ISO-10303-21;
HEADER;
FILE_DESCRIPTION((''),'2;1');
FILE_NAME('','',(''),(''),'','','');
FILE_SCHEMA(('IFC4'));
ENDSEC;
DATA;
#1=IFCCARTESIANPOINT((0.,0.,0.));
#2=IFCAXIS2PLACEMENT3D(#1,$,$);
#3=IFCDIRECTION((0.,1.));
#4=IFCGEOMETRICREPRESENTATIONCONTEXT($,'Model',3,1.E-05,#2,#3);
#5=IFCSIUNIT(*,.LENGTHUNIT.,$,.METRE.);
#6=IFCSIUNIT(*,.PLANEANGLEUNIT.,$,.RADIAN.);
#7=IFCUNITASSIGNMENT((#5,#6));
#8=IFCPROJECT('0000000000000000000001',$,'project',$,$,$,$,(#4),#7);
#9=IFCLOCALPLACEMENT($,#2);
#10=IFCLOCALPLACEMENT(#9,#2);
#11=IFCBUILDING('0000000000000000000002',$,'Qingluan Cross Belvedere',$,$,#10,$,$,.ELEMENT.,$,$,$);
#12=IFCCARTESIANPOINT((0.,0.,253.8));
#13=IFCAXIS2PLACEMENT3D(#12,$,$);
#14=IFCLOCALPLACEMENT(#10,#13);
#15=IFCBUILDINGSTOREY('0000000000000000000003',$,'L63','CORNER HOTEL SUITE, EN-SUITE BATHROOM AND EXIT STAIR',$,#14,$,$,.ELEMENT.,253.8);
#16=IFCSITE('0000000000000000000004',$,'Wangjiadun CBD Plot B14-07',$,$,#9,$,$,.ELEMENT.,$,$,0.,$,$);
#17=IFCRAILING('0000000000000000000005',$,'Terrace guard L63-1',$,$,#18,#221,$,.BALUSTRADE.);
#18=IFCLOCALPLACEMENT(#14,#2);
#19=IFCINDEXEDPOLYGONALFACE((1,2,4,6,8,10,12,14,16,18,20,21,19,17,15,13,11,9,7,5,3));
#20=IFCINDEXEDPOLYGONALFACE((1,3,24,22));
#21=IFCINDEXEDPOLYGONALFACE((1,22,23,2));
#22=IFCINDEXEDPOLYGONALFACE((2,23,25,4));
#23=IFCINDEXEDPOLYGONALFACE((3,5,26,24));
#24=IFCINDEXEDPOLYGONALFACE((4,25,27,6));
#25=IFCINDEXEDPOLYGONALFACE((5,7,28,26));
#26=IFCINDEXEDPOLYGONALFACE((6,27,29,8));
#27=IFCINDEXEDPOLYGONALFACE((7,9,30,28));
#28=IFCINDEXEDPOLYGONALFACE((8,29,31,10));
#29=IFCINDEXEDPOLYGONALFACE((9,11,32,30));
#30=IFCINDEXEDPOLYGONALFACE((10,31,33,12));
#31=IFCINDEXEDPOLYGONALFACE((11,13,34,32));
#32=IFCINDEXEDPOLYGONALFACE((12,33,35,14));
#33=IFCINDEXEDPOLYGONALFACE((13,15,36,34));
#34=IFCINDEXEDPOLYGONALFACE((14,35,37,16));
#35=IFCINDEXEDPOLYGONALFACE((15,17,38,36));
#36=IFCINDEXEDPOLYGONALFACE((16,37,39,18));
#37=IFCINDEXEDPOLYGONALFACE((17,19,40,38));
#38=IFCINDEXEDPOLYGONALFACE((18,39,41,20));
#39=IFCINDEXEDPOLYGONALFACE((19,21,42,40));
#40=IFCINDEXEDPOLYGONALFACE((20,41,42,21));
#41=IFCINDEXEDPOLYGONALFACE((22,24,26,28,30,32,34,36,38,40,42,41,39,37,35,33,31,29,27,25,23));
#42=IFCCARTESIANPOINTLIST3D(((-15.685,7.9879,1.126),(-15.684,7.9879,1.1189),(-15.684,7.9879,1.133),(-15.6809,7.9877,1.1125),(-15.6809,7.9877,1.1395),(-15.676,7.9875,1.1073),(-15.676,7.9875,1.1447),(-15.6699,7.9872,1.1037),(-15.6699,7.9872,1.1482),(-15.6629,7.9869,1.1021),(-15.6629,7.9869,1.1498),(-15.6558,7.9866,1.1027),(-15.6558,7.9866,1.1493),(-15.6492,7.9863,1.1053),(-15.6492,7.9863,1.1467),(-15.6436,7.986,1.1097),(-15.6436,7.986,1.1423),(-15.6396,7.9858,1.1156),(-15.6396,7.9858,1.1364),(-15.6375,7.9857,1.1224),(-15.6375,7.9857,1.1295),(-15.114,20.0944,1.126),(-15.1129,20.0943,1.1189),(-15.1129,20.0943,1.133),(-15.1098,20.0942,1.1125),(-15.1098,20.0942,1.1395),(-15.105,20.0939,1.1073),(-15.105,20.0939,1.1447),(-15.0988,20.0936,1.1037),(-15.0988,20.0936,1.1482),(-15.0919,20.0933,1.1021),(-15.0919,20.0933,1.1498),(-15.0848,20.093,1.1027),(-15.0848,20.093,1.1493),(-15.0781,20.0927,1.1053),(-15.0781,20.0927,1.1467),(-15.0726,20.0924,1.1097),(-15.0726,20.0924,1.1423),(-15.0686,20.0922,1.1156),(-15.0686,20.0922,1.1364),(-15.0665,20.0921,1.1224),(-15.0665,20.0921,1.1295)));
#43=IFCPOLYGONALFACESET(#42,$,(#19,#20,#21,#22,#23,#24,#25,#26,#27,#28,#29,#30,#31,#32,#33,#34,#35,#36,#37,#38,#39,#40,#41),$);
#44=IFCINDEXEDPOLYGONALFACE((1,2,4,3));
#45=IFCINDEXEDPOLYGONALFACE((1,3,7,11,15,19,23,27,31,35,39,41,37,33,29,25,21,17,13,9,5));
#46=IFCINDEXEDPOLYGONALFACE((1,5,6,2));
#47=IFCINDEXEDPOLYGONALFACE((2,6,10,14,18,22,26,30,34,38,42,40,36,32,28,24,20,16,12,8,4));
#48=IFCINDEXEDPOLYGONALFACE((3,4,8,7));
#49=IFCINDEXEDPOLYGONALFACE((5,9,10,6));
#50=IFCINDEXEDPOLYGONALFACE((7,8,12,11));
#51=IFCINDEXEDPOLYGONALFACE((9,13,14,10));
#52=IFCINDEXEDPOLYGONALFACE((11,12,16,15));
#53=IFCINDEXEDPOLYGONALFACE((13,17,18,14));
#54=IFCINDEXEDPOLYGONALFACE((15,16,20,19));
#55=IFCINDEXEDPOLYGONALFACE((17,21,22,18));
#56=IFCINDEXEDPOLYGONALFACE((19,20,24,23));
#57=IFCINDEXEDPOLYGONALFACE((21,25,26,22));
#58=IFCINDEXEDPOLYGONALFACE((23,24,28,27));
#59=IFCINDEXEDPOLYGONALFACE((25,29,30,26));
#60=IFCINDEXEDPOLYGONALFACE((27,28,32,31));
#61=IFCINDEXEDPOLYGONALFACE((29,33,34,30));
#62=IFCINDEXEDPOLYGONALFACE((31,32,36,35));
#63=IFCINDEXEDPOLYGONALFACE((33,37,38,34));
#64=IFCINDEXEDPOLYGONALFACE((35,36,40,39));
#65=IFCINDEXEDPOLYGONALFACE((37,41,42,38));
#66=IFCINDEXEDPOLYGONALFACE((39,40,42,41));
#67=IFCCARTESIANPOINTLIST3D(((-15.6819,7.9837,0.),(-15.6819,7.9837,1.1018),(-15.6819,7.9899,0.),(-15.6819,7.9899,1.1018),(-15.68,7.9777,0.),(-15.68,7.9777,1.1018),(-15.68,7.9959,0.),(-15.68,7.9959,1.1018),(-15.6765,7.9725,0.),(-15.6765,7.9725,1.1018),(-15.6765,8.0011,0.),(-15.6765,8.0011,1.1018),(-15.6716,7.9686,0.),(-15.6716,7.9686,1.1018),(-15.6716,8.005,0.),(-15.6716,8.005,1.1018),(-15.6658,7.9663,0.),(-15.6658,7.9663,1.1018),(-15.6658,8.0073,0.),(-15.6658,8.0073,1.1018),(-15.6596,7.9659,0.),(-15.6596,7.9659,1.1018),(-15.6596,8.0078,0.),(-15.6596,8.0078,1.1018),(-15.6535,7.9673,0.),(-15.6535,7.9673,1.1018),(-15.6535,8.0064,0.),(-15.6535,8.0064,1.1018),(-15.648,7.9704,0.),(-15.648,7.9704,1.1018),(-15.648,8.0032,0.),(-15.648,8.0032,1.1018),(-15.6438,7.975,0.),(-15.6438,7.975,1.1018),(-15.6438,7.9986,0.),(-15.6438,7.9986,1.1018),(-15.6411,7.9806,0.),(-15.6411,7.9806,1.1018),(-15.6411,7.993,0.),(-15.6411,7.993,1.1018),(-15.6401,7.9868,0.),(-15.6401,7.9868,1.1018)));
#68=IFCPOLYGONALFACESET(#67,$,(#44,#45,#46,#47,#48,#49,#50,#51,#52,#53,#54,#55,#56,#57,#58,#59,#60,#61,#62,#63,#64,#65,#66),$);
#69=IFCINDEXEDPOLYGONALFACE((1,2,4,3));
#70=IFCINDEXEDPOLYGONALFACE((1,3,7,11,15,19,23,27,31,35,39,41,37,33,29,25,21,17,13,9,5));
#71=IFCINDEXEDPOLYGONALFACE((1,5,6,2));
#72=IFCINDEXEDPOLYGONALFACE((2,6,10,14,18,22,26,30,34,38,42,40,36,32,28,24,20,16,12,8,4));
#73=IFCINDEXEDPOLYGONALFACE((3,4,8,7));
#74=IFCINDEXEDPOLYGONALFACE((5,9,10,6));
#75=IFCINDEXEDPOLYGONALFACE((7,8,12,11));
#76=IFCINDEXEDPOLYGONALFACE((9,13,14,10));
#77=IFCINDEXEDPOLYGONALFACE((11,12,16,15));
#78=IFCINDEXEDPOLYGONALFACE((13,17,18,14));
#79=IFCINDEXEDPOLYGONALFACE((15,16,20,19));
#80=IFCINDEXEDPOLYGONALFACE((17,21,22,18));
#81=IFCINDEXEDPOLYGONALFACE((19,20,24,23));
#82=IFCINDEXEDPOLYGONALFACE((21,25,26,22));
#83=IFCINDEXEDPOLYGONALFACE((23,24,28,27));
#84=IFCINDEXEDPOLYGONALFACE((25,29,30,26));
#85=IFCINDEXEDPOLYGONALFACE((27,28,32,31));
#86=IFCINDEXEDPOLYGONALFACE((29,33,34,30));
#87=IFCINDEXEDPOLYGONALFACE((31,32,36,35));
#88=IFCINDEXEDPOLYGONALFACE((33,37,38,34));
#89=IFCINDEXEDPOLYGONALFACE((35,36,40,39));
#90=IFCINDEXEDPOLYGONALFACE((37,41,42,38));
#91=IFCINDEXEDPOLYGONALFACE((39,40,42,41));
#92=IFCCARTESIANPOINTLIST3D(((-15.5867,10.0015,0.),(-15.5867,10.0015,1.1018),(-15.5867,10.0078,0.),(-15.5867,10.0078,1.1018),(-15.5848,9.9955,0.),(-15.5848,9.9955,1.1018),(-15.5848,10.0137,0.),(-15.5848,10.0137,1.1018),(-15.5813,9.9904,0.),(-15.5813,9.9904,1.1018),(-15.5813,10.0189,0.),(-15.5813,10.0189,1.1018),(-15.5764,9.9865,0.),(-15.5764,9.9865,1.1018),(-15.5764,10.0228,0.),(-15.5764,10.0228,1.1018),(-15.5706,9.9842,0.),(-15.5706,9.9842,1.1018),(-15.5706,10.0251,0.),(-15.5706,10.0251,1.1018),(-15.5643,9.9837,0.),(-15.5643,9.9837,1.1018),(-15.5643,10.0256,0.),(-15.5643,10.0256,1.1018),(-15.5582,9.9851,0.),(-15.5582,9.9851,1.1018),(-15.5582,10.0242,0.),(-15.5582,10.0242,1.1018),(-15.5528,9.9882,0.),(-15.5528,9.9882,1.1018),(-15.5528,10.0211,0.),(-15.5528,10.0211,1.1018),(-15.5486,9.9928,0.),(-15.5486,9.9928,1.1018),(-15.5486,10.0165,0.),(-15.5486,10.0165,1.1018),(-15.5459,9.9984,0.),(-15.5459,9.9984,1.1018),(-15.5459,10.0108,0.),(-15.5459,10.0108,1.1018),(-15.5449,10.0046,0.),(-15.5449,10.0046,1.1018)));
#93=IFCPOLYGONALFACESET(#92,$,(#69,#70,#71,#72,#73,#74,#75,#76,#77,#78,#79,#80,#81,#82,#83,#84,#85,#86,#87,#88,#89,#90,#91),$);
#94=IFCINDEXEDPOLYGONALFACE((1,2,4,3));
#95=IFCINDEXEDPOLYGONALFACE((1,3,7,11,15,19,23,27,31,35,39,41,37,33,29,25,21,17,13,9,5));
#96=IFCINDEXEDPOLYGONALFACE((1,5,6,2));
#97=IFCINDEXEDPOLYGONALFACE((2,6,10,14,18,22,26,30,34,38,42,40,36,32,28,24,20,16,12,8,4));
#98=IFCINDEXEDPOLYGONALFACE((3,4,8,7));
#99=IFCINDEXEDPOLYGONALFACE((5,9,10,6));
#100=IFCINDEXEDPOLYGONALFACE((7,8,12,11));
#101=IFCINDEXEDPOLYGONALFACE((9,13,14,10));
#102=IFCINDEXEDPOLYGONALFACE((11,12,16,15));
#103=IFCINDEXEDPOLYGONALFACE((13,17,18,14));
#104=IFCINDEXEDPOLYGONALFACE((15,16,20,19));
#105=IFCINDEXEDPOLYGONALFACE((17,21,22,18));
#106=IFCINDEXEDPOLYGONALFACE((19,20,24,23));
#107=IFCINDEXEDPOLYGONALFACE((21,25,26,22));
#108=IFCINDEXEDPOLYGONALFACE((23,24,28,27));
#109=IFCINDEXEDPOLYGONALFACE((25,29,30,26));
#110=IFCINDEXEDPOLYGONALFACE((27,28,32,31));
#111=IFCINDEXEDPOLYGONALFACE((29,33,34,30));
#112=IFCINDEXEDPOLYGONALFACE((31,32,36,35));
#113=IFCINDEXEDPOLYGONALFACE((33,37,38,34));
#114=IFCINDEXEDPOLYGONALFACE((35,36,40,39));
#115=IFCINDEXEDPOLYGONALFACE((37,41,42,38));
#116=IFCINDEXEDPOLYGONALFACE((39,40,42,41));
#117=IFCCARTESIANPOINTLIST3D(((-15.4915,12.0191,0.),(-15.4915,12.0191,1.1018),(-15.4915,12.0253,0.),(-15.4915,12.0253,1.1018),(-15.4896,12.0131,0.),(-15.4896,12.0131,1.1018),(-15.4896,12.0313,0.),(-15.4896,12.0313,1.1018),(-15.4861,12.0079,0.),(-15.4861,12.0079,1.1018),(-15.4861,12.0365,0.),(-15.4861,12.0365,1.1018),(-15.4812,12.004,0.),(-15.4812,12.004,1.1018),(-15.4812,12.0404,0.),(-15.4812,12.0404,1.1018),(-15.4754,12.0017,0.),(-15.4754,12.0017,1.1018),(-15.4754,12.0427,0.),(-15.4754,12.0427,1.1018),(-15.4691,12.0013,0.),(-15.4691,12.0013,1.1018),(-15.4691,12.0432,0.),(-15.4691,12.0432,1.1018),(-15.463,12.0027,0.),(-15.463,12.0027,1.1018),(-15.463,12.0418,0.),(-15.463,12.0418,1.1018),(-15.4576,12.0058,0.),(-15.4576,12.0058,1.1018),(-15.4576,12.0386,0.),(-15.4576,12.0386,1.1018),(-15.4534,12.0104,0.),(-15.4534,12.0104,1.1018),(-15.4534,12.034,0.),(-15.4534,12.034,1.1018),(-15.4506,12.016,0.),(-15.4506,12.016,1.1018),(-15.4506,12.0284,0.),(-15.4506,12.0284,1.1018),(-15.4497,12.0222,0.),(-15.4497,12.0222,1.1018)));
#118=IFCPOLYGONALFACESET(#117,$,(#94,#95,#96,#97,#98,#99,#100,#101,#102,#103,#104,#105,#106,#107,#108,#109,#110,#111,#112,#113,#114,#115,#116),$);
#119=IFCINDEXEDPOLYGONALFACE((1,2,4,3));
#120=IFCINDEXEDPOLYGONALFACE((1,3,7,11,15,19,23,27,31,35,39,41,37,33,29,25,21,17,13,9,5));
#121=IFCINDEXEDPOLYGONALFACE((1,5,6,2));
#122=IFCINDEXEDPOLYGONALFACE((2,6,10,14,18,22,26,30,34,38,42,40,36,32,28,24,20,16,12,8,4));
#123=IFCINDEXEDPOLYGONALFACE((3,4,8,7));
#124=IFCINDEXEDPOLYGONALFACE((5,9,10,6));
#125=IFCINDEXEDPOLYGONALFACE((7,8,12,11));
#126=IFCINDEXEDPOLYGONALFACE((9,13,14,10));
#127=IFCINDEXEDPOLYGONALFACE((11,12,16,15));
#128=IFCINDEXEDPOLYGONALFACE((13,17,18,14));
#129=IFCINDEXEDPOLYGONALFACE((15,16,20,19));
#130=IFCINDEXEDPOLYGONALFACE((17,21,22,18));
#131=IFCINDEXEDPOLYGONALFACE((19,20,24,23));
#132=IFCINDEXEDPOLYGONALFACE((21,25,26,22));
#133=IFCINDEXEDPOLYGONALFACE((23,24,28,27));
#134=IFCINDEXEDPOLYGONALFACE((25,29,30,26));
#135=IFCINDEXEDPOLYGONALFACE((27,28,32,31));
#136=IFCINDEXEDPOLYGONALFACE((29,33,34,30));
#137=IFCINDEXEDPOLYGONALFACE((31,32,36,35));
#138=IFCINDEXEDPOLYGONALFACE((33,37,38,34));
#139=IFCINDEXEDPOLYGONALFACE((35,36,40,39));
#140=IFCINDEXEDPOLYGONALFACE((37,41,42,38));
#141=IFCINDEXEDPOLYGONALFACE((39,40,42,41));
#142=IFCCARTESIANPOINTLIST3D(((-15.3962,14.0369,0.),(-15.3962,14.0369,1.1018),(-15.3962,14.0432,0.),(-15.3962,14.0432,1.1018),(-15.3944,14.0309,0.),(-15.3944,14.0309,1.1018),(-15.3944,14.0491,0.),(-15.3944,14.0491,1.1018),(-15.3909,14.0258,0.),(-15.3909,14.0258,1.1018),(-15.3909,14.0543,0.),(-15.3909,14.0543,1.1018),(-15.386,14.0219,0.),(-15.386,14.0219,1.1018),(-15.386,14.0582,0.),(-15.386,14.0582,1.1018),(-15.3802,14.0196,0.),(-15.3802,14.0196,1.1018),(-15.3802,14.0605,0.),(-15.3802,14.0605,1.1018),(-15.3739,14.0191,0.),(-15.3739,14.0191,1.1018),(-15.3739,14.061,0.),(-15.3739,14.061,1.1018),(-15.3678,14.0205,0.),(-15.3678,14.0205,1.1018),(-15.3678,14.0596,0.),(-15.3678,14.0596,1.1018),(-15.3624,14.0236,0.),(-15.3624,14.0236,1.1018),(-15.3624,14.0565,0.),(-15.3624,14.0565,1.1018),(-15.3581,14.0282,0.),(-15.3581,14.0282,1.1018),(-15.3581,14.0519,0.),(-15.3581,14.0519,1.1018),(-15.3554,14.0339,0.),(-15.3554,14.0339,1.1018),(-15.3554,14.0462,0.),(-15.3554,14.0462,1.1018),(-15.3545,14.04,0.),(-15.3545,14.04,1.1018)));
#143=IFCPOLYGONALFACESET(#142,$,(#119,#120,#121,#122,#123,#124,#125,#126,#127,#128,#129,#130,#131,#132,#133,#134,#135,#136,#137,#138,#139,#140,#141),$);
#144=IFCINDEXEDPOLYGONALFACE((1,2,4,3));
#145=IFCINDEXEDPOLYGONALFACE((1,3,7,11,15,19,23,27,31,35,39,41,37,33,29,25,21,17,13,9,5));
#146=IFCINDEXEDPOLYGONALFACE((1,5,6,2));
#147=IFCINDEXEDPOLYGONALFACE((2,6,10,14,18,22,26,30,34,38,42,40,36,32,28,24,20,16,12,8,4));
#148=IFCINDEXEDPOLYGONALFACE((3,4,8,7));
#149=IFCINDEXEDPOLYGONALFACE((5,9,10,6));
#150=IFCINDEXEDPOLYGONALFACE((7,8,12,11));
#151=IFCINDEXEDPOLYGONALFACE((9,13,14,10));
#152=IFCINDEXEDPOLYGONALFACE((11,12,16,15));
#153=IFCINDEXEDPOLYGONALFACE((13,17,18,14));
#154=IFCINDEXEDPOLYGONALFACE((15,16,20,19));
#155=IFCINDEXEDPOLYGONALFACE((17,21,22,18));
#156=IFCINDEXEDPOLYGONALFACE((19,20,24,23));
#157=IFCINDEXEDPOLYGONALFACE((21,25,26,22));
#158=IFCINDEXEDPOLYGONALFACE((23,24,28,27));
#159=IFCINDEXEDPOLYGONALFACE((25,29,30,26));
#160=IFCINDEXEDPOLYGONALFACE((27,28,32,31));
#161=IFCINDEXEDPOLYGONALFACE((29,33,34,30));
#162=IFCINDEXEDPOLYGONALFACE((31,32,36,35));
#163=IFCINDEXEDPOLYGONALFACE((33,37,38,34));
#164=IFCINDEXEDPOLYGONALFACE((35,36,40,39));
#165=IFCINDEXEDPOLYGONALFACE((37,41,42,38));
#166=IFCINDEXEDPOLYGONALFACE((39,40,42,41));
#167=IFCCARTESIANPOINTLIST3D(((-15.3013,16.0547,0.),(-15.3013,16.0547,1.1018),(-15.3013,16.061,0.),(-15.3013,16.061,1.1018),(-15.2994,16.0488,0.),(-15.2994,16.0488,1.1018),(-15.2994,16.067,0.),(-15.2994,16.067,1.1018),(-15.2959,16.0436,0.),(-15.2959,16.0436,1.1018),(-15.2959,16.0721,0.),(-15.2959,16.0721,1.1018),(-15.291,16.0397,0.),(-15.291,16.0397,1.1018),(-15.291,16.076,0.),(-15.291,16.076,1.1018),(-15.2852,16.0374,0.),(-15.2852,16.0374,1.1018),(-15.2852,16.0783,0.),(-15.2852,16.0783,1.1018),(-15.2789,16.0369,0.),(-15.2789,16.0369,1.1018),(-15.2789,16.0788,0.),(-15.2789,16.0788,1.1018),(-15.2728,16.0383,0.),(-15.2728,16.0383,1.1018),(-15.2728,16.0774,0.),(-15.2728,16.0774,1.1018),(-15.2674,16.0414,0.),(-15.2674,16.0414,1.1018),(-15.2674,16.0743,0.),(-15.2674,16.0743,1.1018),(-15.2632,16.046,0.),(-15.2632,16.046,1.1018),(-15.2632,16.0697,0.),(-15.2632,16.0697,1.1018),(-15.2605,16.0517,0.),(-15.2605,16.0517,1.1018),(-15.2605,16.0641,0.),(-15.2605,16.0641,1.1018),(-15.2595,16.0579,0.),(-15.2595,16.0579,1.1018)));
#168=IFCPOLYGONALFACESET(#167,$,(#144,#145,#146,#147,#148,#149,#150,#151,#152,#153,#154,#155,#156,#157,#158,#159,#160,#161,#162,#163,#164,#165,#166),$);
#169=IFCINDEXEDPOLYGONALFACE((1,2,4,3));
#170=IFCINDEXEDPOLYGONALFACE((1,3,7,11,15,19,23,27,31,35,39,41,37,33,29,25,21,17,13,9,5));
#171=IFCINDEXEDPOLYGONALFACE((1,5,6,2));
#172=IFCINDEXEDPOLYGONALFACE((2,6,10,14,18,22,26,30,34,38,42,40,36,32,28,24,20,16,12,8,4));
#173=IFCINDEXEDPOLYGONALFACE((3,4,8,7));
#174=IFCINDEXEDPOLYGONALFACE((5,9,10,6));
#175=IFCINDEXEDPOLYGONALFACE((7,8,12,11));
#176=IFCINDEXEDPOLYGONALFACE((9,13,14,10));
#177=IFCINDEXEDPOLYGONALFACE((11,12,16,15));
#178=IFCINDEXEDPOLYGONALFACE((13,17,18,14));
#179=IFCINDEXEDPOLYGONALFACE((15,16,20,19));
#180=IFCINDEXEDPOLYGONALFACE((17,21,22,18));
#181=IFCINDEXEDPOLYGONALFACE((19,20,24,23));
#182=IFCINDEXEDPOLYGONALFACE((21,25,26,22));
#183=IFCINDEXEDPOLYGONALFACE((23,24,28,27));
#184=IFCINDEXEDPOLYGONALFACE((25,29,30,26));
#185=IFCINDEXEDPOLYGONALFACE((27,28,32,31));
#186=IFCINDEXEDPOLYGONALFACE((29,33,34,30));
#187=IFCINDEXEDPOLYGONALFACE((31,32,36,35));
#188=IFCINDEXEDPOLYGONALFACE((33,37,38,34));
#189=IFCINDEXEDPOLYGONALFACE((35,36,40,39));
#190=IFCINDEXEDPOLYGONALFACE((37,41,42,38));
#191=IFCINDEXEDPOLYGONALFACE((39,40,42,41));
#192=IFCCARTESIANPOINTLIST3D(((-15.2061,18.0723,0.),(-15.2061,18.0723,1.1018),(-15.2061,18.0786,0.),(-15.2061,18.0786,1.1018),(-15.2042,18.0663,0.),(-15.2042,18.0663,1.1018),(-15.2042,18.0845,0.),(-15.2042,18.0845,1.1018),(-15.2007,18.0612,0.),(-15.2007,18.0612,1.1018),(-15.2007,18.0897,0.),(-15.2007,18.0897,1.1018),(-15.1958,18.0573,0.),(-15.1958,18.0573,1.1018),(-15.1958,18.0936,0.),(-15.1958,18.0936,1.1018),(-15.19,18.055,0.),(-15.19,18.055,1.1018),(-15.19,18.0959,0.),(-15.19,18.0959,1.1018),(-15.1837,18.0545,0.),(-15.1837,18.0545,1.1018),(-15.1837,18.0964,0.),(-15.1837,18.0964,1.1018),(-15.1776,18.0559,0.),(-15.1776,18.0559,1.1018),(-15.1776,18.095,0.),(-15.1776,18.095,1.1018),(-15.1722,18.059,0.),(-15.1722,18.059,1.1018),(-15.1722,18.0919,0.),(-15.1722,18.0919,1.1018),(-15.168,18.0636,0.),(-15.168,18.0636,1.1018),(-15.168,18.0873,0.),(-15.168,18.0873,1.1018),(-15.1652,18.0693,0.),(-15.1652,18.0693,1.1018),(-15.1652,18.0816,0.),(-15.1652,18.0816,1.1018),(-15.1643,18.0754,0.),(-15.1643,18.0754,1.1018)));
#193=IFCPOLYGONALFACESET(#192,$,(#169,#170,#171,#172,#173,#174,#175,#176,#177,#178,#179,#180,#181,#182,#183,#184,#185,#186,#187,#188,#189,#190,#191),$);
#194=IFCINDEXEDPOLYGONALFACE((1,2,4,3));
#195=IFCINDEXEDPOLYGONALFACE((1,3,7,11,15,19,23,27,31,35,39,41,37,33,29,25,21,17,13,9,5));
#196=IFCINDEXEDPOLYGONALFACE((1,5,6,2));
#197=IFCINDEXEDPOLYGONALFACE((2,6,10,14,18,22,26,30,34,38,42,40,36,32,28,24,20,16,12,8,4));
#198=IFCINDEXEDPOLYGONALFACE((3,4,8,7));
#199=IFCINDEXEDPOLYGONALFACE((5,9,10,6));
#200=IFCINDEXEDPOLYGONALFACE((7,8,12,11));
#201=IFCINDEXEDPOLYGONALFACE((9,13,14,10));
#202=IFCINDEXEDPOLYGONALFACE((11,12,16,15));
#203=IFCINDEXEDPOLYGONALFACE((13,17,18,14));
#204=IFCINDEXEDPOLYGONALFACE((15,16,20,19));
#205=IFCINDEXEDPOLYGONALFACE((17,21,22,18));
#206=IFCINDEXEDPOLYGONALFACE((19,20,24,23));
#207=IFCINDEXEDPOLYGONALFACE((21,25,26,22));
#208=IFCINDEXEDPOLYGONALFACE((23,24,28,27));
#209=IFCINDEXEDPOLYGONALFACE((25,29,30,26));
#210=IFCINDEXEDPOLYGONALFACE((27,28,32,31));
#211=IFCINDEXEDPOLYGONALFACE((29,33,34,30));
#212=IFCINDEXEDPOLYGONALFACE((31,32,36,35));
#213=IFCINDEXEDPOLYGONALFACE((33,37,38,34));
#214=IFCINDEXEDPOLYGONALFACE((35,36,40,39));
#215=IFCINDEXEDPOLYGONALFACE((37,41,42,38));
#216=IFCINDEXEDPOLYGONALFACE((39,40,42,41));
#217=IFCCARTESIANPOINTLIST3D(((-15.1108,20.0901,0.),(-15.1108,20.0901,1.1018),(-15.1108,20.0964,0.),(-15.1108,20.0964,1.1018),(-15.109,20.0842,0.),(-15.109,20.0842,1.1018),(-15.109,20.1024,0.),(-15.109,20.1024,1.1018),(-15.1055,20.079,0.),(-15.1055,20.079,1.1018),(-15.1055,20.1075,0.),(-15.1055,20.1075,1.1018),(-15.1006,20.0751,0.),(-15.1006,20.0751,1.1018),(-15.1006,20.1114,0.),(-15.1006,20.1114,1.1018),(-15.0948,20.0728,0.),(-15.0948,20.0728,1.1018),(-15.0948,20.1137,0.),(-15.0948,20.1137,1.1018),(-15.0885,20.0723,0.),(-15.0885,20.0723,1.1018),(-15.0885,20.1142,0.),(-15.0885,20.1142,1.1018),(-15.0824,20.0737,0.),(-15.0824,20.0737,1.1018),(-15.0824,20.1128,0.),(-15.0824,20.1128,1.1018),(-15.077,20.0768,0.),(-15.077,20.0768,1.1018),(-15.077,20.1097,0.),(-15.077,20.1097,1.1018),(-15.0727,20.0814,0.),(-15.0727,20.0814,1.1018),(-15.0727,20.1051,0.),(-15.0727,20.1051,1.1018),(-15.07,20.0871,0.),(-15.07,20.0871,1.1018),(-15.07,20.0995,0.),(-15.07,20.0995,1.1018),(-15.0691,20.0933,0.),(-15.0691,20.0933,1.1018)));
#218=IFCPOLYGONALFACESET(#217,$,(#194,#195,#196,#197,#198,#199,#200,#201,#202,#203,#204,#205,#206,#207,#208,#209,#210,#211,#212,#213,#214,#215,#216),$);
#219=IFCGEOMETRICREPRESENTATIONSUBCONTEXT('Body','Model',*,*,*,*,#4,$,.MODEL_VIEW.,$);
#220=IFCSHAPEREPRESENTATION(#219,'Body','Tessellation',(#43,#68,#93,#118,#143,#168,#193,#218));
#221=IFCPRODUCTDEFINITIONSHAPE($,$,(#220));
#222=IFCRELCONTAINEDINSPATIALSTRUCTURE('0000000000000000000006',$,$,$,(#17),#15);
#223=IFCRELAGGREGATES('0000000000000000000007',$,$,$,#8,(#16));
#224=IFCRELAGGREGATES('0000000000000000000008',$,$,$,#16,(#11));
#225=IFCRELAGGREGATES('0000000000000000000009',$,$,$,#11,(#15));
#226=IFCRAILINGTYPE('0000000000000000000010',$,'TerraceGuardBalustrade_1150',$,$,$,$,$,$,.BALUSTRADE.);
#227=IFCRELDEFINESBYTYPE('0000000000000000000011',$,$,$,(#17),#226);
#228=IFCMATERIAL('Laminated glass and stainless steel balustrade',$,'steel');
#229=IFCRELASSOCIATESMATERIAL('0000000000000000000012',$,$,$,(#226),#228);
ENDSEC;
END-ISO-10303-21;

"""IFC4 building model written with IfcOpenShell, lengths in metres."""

from ifc_helpers import new_model, si_unit, direction, frame, origin, origin_2d, place, context, subcontext, project, spatial, circle, extrude, material, type_object, element, save


model = new_model("IFC4")

# Units and contexts
model_context = context("Model", 3, precision=1e-05, world=origin(), true_north=direction((0.0, 1.0)))
body_context = subcontext(model_context, "Body", "Model", "MODEL_VIEW")
ifc_project = project(units=[si_unit("LENGTHUNIT", "METRE"), si_unit("PLANEANGLEUNIT", "RADIAN")], contexts=[model_context])

# Site, building, storey
site_placement = place(None, origin())
site = spatial("IfcSite", under=ifc_project, at=site_placement, Name="Wangjiadun CBD Plot B14-07", CompositionType="ELEMENT", RefElevation=0.0)
building_placement = place(site_placement, origin())
building = spatial("IfcBuilding", under=site, at=building_placement, Name="Qingluan Cross Belvedere", CompositionType="ELEMENT")
storey_placement = place(building_placement, frame((0.0, 0.0, 253.8)))
storey = spatial("IfcBuildingStorey", under=building, at=storey_placement, Name="L63", Description="CORNER HOTEL SUITE, EN-SUITE BATHROOM AND EXIT STAIR", CompositionType="ELEMENT", Elevation=253.8)

# Railing
ifc_material_1 = material(Name="Laminated glass and stainless steel balustrade", Category="steel")
railing_type = type_object("IfcRailingType", Name="TerraceGuardBalustrade_1150", PredefinedType="BALUSTRADE", material=ifc_material_1)
railing_1_placement = place(storey_placement, frame((-15.6611, 7.9868, 0.0)))
element("IfcRailing", 1, at=railing_1_placement, inside=storey, type_object=railing_type, Name="Terrace guard L63-1", PredefinedType="BALUSTRADE", context=body_context, shape_type="SweptSolid", body=[
    extrude(circle(Radius=0.0239, at=origin_2d()), frame((0.0, 0.0, 1.126), z_axis=(0.047116, 0.998889, 0.0), x_axis=(-0.998889, 0.047116, 0.0)), (0.0, 0.0, 1.0), 12.1199),
    extrude(circle(Radius=0.021, at=origin_2d()), origin(), (0.0, 0.0, 1.0), 1.1018),
    extrude(circle(Radius=0.021, at=origin_2d()), frame((0.0952, 2.0178, 0.0)), (0.0, 0.0, 1.0), 1.1018),
    extrude(circle(Radius=0.021, at=origin_2d()), frame((0.1904, 4.0354, 0.0)), (0.0, 0.0, 1.0), 1.1018),
    extrude(circle(Radius=0.021, at=origin_2d()), frame((0.2856, 6.0532, 0.0)), (0.0, 0.0, 1.0), 1.1018),
    extrude(circle(Radius=0.021, at=origin_2d()), frame((0.3806, 8.071, 0.0)), (0.0, 0.0, 1.0), 1.1018),
    extrude(circle(Radius=0.021, at=origin_2d()), frame((0.4758, 10.0886, 0.0)), (0.0, 0.0, 1.0), 1.1018),
    extrude(circle(Radius=0.021, at=origin_2d()), frame((0.571, 12.1064, 0.0)), (0.0, 0.0, 1.0), 1.1018),
])

save(model, "model.ifc")
